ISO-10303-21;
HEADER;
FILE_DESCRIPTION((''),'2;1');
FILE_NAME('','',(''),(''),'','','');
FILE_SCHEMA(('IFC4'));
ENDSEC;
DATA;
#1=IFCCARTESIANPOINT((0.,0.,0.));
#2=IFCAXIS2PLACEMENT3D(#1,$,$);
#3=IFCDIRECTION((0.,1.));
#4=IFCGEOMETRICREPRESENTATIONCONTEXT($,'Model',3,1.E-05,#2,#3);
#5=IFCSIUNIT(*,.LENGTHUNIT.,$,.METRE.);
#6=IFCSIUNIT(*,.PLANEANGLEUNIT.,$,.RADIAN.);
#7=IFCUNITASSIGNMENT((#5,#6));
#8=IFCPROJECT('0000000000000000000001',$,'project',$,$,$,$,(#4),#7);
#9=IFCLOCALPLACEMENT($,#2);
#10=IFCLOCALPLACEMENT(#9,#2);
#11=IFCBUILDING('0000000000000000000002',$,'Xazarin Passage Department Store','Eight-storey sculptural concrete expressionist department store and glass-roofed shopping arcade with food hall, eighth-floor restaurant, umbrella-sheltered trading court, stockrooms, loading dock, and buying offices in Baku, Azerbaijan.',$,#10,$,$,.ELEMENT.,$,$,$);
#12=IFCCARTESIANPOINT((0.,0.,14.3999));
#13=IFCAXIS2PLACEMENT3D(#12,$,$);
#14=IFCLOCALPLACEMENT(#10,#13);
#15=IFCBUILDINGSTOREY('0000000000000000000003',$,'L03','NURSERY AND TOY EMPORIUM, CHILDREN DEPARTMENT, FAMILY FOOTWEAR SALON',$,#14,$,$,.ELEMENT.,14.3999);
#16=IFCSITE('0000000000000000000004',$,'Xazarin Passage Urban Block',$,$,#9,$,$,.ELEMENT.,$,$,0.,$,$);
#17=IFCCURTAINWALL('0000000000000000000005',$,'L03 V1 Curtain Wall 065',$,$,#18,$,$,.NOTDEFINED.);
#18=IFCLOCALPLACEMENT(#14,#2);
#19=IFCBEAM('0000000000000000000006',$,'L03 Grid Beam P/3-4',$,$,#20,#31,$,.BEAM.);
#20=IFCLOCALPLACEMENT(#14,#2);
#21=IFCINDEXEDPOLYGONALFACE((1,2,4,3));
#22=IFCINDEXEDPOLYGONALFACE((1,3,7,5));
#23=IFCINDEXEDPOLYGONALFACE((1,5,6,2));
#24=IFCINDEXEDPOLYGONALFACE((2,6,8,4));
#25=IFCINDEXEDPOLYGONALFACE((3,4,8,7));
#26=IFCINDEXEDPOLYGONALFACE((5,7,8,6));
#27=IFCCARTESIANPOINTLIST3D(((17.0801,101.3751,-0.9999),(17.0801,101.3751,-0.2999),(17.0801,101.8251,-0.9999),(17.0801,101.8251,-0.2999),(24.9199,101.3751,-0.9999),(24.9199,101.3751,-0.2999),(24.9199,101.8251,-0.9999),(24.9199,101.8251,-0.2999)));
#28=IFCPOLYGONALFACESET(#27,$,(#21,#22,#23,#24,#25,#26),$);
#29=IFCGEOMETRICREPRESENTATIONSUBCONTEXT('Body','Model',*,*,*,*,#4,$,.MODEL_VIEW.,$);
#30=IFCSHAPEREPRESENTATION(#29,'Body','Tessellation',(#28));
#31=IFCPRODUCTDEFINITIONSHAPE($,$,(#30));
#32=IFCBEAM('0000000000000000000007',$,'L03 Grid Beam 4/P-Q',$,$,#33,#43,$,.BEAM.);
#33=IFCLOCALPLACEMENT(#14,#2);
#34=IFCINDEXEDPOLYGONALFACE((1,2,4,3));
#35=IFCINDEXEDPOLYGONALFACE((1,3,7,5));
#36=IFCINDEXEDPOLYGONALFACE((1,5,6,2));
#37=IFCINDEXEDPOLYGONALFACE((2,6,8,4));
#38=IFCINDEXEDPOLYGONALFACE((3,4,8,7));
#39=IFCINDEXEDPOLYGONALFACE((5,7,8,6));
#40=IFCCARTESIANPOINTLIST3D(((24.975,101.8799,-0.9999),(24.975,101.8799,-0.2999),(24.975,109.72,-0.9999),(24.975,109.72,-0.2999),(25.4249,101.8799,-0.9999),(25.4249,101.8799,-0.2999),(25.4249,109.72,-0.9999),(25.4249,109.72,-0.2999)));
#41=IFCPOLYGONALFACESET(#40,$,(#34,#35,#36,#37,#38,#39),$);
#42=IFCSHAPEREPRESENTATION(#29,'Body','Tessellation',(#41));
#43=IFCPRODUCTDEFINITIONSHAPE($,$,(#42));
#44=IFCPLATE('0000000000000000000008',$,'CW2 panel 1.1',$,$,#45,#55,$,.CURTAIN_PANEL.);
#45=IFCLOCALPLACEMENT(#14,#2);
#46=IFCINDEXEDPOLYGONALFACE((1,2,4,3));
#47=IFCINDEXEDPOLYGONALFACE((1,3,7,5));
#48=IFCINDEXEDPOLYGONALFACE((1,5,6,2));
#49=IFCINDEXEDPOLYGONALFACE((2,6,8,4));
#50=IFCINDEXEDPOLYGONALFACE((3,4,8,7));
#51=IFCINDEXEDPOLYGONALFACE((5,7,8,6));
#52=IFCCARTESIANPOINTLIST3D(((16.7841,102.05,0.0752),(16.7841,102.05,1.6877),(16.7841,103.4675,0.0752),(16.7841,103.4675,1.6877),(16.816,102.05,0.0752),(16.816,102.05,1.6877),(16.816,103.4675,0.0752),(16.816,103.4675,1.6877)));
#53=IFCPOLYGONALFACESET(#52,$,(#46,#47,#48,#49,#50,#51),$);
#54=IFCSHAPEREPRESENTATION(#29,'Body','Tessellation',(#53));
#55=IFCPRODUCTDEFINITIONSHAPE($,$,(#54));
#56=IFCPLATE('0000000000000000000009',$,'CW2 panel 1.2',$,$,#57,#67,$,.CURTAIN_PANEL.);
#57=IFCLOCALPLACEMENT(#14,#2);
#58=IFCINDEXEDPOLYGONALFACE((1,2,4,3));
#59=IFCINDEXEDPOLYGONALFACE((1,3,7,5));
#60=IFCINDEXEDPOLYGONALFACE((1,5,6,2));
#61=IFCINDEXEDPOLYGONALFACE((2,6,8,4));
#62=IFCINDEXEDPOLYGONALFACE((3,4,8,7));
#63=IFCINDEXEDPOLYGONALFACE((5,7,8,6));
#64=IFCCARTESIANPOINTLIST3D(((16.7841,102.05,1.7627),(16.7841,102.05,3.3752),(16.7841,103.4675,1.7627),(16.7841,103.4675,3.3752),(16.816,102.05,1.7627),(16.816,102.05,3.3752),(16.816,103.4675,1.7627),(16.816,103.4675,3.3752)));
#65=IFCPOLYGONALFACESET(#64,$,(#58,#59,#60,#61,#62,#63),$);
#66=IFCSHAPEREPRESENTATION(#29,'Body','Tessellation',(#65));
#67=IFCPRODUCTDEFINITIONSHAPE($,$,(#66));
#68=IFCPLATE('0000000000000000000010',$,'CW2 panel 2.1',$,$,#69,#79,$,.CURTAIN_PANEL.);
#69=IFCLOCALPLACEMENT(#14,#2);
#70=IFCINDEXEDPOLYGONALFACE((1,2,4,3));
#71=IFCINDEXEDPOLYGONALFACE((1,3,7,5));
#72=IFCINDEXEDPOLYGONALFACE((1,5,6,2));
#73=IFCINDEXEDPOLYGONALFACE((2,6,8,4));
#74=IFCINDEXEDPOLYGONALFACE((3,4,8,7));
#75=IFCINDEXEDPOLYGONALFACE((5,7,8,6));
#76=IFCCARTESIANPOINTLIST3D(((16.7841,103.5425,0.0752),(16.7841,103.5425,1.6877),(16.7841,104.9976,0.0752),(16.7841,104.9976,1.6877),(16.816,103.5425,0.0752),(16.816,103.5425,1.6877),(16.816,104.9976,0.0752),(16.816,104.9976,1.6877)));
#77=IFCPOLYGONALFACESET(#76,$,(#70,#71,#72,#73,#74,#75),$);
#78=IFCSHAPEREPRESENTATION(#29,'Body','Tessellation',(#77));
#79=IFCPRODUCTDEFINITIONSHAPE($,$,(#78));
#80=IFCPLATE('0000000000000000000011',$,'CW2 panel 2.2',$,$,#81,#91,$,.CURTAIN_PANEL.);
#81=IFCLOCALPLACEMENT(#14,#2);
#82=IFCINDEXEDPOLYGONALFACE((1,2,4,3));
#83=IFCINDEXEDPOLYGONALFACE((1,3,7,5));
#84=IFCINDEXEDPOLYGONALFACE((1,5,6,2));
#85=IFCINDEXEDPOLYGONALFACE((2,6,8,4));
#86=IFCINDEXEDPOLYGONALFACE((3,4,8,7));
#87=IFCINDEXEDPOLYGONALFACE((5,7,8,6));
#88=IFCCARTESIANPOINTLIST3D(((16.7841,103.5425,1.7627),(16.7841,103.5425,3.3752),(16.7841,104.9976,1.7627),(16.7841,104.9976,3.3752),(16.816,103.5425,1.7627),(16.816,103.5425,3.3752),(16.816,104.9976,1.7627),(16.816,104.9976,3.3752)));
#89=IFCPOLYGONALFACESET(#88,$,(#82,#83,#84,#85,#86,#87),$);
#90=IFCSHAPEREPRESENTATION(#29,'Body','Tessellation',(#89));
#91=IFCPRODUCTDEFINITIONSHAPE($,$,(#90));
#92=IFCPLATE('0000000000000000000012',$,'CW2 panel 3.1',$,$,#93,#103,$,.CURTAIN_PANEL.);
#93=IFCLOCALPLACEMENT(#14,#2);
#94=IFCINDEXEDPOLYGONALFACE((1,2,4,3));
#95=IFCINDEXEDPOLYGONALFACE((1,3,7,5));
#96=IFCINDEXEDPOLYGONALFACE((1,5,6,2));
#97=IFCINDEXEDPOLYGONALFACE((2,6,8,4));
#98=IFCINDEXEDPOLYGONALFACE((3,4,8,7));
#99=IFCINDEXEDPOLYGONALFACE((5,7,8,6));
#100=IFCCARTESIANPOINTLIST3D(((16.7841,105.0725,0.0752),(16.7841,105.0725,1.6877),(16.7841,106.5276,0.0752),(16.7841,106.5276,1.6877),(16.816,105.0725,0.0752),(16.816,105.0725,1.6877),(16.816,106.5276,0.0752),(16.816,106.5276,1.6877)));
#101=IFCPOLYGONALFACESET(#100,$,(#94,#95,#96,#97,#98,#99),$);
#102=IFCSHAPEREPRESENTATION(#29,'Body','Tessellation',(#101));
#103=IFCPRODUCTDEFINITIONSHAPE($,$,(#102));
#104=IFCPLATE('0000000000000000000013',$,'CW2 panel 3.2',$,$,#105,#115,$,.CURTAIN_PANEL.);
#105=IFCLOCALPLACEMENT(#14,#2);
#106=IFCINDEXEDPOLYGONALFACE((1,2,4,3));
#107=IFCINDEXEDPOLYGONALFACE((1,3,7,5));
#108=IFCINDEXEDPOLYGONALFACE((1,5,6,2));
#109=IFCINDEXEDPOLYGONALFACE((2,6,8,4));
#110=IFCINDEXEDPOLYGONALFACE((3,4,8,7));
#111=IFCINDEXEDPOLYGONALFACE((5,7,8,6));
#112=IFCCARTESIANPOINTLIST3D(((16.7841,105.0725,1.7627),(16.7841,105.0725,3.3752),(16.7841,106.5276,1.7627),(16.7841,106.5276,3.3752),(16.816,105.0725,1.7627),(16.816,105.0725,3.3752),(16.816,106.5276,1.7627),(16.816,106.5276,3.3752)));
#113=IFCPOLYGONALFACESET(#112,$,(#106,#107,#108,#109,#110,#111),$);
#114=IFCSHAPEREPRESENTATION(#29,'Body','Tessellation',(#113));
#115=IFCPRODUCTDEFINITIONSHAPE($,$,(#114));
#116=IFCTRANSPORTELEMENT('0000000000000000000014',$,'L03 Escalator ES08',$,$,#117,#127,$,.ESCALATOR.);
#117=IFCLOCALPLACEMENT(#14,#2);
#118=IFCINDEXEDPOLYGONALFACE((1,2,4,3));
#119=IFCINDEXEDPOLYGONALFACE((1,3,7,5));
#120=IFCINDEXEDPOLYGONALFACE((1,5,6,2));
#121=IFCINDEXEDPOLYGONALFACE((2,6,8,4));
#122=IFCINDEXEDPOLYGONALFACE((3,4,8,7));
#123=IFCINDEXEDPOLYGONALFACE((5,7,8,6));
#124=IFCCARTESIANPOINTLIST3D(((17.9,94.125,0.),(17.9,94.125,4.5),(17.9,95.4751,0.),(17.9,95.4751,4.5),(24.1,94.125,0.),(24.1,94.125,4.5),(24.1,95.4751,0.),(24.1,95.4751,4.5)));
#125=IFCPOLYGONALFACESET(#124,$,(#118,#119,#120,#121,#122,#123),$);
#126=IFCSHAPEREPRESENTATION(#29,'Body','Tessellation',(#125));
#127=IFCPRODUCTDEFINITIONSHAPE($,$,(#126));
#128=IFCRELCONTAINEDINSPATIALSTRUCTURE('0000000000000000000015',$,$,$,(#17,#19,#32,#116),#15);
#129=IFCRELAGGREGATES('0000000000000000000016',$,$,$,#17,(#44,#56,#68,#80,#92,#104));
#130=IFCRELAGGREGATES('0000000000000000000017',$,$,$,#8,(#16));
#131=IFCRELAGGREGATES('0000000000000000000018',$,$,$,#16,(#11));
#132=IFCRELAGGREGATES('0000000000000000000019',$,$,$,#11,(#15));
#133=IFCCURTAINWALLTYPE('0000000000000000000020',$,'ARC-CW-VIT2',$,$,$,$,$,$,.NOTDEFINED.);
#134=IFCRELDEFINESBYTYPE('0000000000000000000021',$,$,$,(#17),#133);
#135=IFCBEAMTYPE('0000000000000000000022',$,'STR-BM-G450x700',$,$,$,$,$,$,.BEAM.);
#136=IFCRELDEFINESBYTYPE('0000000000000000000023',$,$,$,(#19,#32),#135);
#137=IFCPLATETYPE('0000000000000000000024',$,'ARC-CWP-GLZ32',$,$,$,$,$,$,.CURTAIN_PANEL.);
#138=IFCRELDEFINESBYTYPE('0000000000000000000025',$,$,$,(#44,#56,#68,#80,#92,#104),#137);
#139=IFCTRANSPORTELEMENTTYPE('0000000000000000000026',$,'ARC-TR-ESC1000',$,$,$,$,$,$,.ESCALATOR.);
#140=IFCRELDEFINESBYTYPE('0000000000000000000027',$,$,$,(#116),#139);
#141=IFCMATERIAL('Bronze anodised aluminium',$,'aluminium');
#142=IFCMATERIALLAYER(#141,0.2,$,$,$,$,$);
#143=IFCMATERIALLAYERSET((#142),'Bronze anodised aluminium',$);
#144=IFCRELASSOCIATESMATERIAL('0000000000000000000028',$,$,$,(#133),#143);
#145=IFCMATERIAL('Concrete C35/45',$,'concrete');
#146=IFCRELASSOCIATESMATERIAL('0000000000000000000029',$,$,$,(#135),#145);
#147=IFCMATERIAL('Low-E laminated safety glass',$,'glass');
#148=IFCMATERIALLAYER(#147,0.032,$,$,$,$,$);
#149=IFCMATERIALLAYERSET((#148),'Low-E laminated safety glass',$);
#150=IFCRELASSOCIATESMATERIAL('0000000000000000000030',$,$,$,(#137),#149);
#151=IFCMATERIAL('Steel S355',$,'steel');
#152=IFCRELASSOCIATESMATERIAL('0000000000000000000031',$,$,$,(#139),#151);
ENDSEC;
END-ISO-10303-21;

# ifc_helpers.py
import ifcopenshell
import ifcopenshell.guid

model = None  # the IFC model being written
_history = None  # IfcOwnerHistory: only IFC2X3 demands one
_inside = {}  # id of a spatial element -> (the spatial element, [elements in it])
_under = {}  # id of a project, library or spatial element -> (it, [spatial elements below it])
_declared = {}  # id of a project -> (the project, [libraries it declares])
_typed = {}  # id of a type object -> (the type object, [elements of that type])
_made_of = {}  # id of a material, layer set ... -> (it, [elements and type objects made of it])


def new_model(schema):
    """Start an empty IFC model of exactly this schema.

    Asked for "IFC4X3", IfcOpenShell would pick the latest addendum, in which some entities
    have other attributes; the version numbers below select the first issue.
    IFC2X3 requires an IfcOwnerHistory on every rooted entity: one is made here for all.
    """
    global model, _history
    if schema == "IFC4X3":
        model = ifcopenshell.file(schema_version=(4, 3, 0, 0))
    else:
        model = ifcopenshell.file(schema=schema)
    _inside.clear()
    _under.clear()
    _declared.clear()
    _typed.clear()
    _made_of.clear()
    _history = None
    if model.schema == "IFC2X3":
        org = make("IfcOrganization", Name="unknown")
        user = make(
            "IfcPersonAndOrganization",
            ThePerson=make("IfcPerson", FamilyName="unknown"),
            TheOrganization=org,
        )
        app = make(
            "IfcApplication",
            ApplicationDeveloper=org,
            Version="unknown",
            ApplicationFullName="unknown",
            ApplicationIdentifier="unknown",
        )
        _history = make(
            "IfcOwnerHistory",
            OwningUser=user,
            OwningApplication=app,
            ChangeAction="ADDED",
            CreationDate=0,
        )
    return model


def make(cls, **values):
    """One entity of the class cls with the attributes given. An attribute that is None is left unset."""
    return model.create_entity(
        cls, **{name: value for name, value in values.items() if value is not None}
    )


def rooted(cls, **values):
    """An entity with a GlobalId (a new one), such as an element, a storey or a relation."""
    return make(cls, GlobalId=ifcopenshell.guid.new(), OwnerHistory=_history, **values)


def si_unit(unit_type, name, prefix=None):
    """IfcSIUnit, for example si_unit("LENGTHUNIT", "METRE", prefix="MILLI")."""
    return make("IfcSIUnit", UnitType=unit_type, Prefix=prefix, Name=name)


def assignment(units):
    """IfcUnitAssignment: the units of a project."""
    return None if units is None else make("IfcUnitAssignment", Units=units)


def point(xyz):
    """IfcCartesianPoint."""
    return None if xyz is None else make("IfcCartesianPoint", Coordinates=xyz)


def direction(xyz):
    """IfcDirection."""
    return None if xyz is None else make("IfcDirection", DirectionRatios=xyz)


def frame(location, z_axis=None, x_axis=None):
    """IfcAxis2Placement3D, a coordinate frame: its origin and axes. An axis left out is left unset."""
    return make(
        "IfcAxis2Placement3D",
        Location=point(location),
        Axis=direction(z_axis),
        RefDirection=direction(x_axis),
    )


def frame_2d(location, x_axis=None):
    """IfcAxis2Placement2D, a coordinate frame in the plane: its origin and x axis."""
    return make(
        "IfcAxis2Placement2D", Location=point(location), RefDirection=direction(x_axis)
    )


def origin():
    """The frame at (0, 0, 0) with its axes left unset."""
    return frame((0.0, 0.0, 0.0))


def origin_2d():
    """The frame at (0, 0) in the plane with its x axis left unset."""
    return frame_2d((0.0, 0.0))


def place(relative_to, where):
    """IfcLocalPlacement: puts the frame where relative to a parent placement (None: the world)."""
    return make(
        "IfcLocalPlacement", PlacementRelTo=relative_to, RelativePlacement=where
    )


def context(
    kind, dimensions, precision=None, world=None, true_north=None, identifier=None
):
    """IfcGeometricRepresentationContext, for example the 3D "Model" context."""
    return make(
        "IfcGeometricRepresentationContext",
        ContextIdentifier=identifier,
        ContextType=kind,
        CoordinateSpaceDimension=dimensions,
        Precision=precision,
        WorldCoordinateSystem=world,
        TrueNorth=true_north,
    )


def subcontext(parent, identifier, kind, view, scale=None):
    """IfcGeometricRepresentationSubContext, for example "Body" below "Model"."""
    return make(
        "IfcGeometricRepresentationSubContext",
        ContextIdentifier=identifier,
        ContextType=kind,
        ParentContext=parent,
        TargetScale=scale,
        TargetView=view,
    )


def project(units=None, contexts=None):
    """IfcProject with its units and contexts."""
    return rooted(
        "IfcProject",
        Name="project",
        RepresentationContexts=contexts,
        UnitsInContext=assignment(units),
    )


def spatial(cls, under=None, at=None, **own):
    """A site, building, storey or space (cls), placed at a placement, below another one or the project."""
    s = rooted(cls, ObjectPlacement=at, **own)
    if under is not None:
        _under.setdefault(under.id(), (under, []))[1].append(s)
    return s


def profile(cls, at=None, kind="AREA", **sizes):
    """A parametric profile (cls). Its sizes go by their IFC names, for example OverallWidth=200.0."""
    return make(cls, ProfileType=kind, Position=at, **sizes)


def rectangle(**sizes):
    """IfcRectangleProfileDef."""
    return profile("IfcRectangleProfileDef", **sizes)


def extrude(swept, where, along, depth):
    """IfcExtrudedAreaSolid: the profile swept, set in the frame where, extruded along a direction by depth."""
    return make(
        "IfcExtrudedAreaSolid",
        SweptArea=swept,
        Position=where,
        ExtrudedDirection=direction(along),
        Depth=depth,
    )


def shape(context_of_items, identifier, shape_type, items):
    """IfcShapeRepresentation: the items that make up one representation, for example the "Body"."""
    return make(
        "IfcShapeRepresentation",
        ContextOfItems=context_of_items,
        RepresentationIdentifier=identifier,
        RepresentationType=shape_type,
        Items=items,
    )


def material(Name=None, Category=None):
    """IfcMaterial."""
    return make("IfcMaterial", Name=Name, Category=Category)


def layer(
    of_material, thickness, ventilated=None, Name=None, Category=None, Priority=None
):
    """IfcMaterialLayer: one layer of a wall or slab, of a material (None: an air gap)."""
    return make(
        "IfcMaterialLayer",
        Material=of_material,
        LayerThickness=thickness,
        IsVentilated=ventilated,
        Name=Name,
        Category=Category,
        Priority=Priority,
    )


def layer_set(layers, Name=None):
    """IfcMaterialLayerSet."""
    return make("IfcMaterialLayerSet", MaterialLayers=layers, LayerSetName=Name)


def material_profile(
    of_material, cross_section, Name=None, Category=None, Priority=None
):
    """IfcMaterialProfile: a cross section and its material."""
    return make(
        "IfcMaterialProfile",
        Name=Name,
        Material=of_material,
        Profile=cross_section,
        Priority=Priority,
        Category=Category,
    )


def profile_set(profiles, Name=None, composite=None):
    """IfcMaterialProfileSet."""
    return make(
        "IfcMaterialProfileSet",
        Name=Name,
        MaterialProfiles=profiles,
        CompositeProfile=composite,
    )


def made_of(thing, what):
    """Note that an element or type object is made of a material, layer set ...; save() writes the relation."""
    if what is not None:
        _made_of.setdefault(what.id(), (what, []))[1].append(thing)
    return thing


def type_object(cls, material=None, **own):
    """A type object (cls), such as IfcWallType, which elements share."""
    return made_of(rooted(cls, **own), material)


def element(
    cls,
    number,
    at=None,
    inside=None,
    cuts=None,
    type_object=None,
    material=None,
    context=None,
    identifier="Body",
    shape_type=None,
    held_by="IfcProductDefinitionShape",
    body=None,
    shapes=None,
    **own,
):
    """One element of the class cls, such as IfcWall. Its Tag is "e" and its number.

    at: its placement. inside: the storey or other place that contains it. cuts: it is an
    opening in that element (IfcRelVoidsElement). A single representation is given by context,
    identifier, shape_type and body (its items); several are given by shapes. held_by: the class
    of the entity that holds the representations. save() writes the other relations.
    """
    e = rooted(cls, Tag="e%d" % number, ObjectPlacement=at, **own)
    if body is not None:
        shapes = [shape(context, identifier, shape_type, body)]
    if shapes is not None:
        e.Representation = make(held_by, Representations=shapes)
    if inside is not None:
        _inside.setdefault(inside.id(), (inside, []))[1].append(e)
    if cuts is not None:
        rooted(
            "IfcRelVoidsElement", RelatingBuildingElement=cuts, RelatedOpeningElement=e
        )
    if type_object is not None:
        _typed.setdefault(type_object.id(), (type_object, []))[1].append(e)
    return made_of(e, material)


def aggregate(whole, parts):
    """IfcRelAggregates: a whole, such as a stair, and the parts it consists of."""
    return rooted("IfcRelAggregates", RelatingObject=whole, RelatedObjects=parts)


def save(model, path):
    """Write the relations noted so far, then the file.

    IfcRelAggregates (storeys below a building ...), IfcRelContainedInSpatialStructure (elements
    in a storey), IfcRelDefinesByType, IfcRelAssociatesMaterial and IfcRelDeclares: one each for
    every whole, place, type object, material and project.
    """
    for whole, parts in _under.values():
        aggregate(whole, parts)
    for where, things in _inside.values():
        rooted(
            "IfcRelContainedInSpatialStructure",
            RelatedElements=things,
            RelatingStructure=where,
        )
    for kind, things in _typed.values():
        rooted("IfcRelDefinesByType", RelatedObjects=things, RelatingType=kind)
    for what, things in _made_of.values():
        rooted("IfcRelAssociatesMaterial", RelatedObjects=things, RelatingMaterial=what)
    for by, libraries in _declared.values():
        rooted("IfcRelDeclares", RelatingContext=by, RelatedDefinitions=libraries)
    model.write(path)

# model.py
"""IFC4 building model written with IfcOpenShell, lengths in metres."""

from ifc_helpers import new_model, si_unit, direction, frame, origin, origin_2d, place, context, subcontext, project, spatial, rectangle, extrude, material, layer, layer_set, material_profile, profile_set, type_object, element, aggregate, save


model = new_model("IFC4")

# Units and contexts
model_context = context("Model", 3, precision=1e-05, world=origin(), true_north=direction((0.0, 1.0)))
body_context = subcontext(model_context, "Body", "Model", "MODEL_VIEW")
ifc_project = project(units=[si_unit("LENGTHUNIT", "METRE"), si_unit("PLANEANGLEUNIT", "RADIAN")], contexts=[model_context])

# Site, building, storey
site_placement = place(None, origin())
site = spatial("IfcSite", under=ifc_project, at=site_placement, Name="Xazarin Passage Urban Block", CompositionType="ELEMENT", RefElevation=0.0)
building_placement = place(site_placement, origin())
building = spatial("IfcBuilding", under=site, at=building_placement, Name="Xazarin Passage Department Store", Description="Eight-storey sculptural concrete expressionist department store and glass-roofed shopping arcade with food hall, eighth-floor restaurant, umbrella-sheltered trading court, stockrooms, loading dock, and buying offices in Baku, Azerbaijan.", CompositionType="ELEMENT")
storey_placement = place(building_placement, frame((0.0, 0.0, 14.3999)))
storey = spatial("IfcBuildingStorey", under=building, at=storey_placement, Name="L03", Description="NURSERY AND TOY EMPORIUM, CHILDREN DEPARTMENT, FAMILY FOOTWEAR SALON", CompositionType="ELEMENT", Elevation=14.3999)

# Curtain wall
ifc_material_1 = material(Name="Bronze anodised aluminium", Category="aluminium")
ifc_layer_1 = layer(ifc_material_1, 0.2)
ifc_layer_set_1 = layer_set([ifc_layer_1], Name="Bronze anodised aluminium")
curtain_wall_type = type_object("IfcCurtainWallType", Name="ARC-CW-VIT2", PredefinedType="NOTDEFINED", material=ifc_layer_set_1)
curtain_wall_placement = place(storey_placement, origin())
curtain_wall = element("IfcCurtainWall", 1, at=curtain_wall_placement, inside=storey, type_object=curtain_wall_type, Name="L03 V1 Curtain Wall 065", PredefinedType="NOTDEFINED")

# Beams
ifc_material_2 = material(Name="Concrete C35/45", Category="concrete")
ifc_material_profile_1 = material_profile(ifc_material_2, rectangle(XDim=0.45, YDim=0.7, at=origin_2d()), Name="RC 450x700")
ifc_profile_set_1 = profile_set([ifc_material_profile_1], Name="Concrete C35/45")
beam_type = type_object("IfcBeamType", Name="STR-BM-G450x700", PredefinedType="BEAM", material=ifc_profile_set_1)
beam_1_placement = place(storey_placement, frame((17.0801, 101.6001, -0.6499), z_axis=(1.0, 0.0, 0.0), x_axis=(0.0, 1.0, 0.0)))
element("IfcBeam", 2, at=beam_1_placement, inside=storey, type_object=beam_type, Name="L03 Grid Beam P/3-4", PredefinedType="BEAM", context=body_context, shape_type="SweptSolid", body=[
    extrude(rectangle(XDim=0.45, YDim=0.7, at=origin_2d()), origin(), (0.0, 0.0, 1.0), 7.8398),
])
beam_2_placement = place(storey_placement, frame((25.2, 101.8799, -0.6499), z_axis=(0.0, 1.0, 0.0), x_axis=(-1.0, 0.0, 0.0)))
element("IfcBeam", 3, at=beam_2_placement, inside=storey, type_object=beam_type, Name="L03 Grid Beam 4/P-Q", PredefinedType="BEAM", context=body_context, shape_type="SweptSolid", body=[
    extrude(rectangle(XDim=0.45, YDim=0.7, at=origin_2d()), origin(), (0.0, 0.0, 1.0), 7.8401),
])

# Plates
ifc_material_3 = material(Name="Low-E laminated safety glass", Category="glass")
ifc_layer_2 = layer(ifc_material_3, 0.032)
ifc_layer_set_2 = layer_set([ifc_layer_2], Name="Low-E laminated safety glass")
plate_type = type_object("IfcPlateType", Name="ARC-CWP-GLZ32", PredefinedType="CURTAIN_PANEL", material=ifc_layer_set_2)
plate_1_placement = place(storey_placement, frame((16.8, 102.7588, 0.0752), z_axis=(0.0, 0.0, 1.0), x_axis=(0.0, 1.0, 0.0)))
plate_1 = element("IfcPlate", 4, at=plate_1_placement, type_object=plate_type, Name="CW2 panel 1.1", PredefinedType="CURTAIN_PANEL", context=body_context, shape_type="SweptSolid", body=[
    extrude(rectangle(XDim=1.4175, YDim=0.032, at=origin_2d()), origin(), (0.0, 0.0, 1.0), 1.6125),
])
plate_2_placement = place(storey_placement, frame((16.8, 102.7588, 1.7627), z_axis=(0.0, 0.0, 1.0), x_axis=(0.0, 1.0, 0.0)))
plate_2 = element("IfcPlate", 5, at=plate_2_placement, type_object=plate_type, Name="CW2 panel 1.2", PredefinedType="CURTAIN_PANEL", context=body_context, shape_type="SweptSolid", body=[
    extrude(rectangle(XDim=1.4175, YDim=0.032, at=origin_2d()), origin(), (0.0, 0.0, 1.0), 1.6125),
])
plate_3_placement = place(storey_placement, frame((16.8, 104.27, 0.0752), z_axis=(0.0, 0.0, 1.0), x_axis=(0.0, 1.0, 0.0)))
plate_3 = element("IfcPlate", 6, at=plate_3_placement, type_object=plate_type, Name="CW2 panel 2.1", PredefinedType="CURTAIN_PANEL", context=body_context, shape_type="SweptSolid", body=[
    extrude(rectangle(XDim=1.4551, YDim=0.032, at=origin_2d()), origin(), (0.0, 0.0, 1.0), 1.6125),
])
plate_4_placement = place(storey_placement, frame((16.8, 104.27, 1.7627), z_axis=(0.0, 0.0, 1.0), x_axis=(0.0, 1.0, 0.0)))
plate_4 = element("IfcPlate", 7, at=plate_4_placement, type_object=plate_type, Name="CW2 panel 2.2", PredefinedType="CURTAIN_PANEL", context=body_context, shape_type="SweptSolid", body=[
    extrude(rectangle(XDim=1.4551, YDim=0.032, at=origin_2d()), origin(), (0.0, 0.0, 1.0), 1.6125),
])
plate_5_placement = place(storey_placement, frame((16.8, 105.8, 0.0752), z_axis=(0.0, 0.0, 1.0), x_axis=(0.0, 1.0, 0.0)))
plate_5 = element("IfcPlate", 8, at=plate_5_placement, type_object=plate_type, Name="CW2 panel 3.1", PredefinedType="CURTAIN_PANEL", context=body_context, shape_type="SweptSolid", body=[
    extrude(rectangle(XDim=1.4551, YDim=0.032, at=origin_2d()), origin(), (0.0, 0.0, 1.0), 1.6125),
])
plate_6_placement = place(storey_placement, frame((16.8, 105.8, 1.7627), z_axis=(0.0, 0.0, 1.0), x_axis=(0.0, 1.0, 0.0)))
plate_6 = element("IfcPlate", 9, at=plate_6_placement, type_object=plate_type, Name="CW2 panel 3.2", PredefinedType="CURTAIN_PANEL", context=body_context, shape_type="SweptSolid", body=[
    extrude(rectangle(XDim=1.4551, YDim=0.032, at=origin_2d()), origin(), (0.0, 0.0, 1.0), 1.6125),
])
aggregate(curtain_wall, [plate_1, plate_2, plate_3, plate_4, plate_5, plate_6])

# Transport element
ifc_material_4 = material(Name="Steel S355", Category="steel")
transport_element_type = type_object("IfcTransportElementType", Name="ARC-TR-ESC1000", PredefinedType="ESCALATOR", material=ifc_material_4)
transport_element_placement = place(storey_placement, frame((21.0, 94.8, 0.0), z_axis=(0.0, 0.0, 1.0), x_axis=(1.0, 0.0, 0.0)))
element("IfcTransportElement", 10, at=transport_element_placement, inside=storey, type_object=transport_element_type, Name="L03 Escalator ES08", PredefinedType="ESCALATOR", context=body_context, shape_type="SweptSolid", body=[
    extrude(rectangle(XDim=6.2, YDim=1.3501, at=origin_2d()), origin(), (0.0, 0.0, 1.0), 4.5),
])

save(model, "model.ifc")
